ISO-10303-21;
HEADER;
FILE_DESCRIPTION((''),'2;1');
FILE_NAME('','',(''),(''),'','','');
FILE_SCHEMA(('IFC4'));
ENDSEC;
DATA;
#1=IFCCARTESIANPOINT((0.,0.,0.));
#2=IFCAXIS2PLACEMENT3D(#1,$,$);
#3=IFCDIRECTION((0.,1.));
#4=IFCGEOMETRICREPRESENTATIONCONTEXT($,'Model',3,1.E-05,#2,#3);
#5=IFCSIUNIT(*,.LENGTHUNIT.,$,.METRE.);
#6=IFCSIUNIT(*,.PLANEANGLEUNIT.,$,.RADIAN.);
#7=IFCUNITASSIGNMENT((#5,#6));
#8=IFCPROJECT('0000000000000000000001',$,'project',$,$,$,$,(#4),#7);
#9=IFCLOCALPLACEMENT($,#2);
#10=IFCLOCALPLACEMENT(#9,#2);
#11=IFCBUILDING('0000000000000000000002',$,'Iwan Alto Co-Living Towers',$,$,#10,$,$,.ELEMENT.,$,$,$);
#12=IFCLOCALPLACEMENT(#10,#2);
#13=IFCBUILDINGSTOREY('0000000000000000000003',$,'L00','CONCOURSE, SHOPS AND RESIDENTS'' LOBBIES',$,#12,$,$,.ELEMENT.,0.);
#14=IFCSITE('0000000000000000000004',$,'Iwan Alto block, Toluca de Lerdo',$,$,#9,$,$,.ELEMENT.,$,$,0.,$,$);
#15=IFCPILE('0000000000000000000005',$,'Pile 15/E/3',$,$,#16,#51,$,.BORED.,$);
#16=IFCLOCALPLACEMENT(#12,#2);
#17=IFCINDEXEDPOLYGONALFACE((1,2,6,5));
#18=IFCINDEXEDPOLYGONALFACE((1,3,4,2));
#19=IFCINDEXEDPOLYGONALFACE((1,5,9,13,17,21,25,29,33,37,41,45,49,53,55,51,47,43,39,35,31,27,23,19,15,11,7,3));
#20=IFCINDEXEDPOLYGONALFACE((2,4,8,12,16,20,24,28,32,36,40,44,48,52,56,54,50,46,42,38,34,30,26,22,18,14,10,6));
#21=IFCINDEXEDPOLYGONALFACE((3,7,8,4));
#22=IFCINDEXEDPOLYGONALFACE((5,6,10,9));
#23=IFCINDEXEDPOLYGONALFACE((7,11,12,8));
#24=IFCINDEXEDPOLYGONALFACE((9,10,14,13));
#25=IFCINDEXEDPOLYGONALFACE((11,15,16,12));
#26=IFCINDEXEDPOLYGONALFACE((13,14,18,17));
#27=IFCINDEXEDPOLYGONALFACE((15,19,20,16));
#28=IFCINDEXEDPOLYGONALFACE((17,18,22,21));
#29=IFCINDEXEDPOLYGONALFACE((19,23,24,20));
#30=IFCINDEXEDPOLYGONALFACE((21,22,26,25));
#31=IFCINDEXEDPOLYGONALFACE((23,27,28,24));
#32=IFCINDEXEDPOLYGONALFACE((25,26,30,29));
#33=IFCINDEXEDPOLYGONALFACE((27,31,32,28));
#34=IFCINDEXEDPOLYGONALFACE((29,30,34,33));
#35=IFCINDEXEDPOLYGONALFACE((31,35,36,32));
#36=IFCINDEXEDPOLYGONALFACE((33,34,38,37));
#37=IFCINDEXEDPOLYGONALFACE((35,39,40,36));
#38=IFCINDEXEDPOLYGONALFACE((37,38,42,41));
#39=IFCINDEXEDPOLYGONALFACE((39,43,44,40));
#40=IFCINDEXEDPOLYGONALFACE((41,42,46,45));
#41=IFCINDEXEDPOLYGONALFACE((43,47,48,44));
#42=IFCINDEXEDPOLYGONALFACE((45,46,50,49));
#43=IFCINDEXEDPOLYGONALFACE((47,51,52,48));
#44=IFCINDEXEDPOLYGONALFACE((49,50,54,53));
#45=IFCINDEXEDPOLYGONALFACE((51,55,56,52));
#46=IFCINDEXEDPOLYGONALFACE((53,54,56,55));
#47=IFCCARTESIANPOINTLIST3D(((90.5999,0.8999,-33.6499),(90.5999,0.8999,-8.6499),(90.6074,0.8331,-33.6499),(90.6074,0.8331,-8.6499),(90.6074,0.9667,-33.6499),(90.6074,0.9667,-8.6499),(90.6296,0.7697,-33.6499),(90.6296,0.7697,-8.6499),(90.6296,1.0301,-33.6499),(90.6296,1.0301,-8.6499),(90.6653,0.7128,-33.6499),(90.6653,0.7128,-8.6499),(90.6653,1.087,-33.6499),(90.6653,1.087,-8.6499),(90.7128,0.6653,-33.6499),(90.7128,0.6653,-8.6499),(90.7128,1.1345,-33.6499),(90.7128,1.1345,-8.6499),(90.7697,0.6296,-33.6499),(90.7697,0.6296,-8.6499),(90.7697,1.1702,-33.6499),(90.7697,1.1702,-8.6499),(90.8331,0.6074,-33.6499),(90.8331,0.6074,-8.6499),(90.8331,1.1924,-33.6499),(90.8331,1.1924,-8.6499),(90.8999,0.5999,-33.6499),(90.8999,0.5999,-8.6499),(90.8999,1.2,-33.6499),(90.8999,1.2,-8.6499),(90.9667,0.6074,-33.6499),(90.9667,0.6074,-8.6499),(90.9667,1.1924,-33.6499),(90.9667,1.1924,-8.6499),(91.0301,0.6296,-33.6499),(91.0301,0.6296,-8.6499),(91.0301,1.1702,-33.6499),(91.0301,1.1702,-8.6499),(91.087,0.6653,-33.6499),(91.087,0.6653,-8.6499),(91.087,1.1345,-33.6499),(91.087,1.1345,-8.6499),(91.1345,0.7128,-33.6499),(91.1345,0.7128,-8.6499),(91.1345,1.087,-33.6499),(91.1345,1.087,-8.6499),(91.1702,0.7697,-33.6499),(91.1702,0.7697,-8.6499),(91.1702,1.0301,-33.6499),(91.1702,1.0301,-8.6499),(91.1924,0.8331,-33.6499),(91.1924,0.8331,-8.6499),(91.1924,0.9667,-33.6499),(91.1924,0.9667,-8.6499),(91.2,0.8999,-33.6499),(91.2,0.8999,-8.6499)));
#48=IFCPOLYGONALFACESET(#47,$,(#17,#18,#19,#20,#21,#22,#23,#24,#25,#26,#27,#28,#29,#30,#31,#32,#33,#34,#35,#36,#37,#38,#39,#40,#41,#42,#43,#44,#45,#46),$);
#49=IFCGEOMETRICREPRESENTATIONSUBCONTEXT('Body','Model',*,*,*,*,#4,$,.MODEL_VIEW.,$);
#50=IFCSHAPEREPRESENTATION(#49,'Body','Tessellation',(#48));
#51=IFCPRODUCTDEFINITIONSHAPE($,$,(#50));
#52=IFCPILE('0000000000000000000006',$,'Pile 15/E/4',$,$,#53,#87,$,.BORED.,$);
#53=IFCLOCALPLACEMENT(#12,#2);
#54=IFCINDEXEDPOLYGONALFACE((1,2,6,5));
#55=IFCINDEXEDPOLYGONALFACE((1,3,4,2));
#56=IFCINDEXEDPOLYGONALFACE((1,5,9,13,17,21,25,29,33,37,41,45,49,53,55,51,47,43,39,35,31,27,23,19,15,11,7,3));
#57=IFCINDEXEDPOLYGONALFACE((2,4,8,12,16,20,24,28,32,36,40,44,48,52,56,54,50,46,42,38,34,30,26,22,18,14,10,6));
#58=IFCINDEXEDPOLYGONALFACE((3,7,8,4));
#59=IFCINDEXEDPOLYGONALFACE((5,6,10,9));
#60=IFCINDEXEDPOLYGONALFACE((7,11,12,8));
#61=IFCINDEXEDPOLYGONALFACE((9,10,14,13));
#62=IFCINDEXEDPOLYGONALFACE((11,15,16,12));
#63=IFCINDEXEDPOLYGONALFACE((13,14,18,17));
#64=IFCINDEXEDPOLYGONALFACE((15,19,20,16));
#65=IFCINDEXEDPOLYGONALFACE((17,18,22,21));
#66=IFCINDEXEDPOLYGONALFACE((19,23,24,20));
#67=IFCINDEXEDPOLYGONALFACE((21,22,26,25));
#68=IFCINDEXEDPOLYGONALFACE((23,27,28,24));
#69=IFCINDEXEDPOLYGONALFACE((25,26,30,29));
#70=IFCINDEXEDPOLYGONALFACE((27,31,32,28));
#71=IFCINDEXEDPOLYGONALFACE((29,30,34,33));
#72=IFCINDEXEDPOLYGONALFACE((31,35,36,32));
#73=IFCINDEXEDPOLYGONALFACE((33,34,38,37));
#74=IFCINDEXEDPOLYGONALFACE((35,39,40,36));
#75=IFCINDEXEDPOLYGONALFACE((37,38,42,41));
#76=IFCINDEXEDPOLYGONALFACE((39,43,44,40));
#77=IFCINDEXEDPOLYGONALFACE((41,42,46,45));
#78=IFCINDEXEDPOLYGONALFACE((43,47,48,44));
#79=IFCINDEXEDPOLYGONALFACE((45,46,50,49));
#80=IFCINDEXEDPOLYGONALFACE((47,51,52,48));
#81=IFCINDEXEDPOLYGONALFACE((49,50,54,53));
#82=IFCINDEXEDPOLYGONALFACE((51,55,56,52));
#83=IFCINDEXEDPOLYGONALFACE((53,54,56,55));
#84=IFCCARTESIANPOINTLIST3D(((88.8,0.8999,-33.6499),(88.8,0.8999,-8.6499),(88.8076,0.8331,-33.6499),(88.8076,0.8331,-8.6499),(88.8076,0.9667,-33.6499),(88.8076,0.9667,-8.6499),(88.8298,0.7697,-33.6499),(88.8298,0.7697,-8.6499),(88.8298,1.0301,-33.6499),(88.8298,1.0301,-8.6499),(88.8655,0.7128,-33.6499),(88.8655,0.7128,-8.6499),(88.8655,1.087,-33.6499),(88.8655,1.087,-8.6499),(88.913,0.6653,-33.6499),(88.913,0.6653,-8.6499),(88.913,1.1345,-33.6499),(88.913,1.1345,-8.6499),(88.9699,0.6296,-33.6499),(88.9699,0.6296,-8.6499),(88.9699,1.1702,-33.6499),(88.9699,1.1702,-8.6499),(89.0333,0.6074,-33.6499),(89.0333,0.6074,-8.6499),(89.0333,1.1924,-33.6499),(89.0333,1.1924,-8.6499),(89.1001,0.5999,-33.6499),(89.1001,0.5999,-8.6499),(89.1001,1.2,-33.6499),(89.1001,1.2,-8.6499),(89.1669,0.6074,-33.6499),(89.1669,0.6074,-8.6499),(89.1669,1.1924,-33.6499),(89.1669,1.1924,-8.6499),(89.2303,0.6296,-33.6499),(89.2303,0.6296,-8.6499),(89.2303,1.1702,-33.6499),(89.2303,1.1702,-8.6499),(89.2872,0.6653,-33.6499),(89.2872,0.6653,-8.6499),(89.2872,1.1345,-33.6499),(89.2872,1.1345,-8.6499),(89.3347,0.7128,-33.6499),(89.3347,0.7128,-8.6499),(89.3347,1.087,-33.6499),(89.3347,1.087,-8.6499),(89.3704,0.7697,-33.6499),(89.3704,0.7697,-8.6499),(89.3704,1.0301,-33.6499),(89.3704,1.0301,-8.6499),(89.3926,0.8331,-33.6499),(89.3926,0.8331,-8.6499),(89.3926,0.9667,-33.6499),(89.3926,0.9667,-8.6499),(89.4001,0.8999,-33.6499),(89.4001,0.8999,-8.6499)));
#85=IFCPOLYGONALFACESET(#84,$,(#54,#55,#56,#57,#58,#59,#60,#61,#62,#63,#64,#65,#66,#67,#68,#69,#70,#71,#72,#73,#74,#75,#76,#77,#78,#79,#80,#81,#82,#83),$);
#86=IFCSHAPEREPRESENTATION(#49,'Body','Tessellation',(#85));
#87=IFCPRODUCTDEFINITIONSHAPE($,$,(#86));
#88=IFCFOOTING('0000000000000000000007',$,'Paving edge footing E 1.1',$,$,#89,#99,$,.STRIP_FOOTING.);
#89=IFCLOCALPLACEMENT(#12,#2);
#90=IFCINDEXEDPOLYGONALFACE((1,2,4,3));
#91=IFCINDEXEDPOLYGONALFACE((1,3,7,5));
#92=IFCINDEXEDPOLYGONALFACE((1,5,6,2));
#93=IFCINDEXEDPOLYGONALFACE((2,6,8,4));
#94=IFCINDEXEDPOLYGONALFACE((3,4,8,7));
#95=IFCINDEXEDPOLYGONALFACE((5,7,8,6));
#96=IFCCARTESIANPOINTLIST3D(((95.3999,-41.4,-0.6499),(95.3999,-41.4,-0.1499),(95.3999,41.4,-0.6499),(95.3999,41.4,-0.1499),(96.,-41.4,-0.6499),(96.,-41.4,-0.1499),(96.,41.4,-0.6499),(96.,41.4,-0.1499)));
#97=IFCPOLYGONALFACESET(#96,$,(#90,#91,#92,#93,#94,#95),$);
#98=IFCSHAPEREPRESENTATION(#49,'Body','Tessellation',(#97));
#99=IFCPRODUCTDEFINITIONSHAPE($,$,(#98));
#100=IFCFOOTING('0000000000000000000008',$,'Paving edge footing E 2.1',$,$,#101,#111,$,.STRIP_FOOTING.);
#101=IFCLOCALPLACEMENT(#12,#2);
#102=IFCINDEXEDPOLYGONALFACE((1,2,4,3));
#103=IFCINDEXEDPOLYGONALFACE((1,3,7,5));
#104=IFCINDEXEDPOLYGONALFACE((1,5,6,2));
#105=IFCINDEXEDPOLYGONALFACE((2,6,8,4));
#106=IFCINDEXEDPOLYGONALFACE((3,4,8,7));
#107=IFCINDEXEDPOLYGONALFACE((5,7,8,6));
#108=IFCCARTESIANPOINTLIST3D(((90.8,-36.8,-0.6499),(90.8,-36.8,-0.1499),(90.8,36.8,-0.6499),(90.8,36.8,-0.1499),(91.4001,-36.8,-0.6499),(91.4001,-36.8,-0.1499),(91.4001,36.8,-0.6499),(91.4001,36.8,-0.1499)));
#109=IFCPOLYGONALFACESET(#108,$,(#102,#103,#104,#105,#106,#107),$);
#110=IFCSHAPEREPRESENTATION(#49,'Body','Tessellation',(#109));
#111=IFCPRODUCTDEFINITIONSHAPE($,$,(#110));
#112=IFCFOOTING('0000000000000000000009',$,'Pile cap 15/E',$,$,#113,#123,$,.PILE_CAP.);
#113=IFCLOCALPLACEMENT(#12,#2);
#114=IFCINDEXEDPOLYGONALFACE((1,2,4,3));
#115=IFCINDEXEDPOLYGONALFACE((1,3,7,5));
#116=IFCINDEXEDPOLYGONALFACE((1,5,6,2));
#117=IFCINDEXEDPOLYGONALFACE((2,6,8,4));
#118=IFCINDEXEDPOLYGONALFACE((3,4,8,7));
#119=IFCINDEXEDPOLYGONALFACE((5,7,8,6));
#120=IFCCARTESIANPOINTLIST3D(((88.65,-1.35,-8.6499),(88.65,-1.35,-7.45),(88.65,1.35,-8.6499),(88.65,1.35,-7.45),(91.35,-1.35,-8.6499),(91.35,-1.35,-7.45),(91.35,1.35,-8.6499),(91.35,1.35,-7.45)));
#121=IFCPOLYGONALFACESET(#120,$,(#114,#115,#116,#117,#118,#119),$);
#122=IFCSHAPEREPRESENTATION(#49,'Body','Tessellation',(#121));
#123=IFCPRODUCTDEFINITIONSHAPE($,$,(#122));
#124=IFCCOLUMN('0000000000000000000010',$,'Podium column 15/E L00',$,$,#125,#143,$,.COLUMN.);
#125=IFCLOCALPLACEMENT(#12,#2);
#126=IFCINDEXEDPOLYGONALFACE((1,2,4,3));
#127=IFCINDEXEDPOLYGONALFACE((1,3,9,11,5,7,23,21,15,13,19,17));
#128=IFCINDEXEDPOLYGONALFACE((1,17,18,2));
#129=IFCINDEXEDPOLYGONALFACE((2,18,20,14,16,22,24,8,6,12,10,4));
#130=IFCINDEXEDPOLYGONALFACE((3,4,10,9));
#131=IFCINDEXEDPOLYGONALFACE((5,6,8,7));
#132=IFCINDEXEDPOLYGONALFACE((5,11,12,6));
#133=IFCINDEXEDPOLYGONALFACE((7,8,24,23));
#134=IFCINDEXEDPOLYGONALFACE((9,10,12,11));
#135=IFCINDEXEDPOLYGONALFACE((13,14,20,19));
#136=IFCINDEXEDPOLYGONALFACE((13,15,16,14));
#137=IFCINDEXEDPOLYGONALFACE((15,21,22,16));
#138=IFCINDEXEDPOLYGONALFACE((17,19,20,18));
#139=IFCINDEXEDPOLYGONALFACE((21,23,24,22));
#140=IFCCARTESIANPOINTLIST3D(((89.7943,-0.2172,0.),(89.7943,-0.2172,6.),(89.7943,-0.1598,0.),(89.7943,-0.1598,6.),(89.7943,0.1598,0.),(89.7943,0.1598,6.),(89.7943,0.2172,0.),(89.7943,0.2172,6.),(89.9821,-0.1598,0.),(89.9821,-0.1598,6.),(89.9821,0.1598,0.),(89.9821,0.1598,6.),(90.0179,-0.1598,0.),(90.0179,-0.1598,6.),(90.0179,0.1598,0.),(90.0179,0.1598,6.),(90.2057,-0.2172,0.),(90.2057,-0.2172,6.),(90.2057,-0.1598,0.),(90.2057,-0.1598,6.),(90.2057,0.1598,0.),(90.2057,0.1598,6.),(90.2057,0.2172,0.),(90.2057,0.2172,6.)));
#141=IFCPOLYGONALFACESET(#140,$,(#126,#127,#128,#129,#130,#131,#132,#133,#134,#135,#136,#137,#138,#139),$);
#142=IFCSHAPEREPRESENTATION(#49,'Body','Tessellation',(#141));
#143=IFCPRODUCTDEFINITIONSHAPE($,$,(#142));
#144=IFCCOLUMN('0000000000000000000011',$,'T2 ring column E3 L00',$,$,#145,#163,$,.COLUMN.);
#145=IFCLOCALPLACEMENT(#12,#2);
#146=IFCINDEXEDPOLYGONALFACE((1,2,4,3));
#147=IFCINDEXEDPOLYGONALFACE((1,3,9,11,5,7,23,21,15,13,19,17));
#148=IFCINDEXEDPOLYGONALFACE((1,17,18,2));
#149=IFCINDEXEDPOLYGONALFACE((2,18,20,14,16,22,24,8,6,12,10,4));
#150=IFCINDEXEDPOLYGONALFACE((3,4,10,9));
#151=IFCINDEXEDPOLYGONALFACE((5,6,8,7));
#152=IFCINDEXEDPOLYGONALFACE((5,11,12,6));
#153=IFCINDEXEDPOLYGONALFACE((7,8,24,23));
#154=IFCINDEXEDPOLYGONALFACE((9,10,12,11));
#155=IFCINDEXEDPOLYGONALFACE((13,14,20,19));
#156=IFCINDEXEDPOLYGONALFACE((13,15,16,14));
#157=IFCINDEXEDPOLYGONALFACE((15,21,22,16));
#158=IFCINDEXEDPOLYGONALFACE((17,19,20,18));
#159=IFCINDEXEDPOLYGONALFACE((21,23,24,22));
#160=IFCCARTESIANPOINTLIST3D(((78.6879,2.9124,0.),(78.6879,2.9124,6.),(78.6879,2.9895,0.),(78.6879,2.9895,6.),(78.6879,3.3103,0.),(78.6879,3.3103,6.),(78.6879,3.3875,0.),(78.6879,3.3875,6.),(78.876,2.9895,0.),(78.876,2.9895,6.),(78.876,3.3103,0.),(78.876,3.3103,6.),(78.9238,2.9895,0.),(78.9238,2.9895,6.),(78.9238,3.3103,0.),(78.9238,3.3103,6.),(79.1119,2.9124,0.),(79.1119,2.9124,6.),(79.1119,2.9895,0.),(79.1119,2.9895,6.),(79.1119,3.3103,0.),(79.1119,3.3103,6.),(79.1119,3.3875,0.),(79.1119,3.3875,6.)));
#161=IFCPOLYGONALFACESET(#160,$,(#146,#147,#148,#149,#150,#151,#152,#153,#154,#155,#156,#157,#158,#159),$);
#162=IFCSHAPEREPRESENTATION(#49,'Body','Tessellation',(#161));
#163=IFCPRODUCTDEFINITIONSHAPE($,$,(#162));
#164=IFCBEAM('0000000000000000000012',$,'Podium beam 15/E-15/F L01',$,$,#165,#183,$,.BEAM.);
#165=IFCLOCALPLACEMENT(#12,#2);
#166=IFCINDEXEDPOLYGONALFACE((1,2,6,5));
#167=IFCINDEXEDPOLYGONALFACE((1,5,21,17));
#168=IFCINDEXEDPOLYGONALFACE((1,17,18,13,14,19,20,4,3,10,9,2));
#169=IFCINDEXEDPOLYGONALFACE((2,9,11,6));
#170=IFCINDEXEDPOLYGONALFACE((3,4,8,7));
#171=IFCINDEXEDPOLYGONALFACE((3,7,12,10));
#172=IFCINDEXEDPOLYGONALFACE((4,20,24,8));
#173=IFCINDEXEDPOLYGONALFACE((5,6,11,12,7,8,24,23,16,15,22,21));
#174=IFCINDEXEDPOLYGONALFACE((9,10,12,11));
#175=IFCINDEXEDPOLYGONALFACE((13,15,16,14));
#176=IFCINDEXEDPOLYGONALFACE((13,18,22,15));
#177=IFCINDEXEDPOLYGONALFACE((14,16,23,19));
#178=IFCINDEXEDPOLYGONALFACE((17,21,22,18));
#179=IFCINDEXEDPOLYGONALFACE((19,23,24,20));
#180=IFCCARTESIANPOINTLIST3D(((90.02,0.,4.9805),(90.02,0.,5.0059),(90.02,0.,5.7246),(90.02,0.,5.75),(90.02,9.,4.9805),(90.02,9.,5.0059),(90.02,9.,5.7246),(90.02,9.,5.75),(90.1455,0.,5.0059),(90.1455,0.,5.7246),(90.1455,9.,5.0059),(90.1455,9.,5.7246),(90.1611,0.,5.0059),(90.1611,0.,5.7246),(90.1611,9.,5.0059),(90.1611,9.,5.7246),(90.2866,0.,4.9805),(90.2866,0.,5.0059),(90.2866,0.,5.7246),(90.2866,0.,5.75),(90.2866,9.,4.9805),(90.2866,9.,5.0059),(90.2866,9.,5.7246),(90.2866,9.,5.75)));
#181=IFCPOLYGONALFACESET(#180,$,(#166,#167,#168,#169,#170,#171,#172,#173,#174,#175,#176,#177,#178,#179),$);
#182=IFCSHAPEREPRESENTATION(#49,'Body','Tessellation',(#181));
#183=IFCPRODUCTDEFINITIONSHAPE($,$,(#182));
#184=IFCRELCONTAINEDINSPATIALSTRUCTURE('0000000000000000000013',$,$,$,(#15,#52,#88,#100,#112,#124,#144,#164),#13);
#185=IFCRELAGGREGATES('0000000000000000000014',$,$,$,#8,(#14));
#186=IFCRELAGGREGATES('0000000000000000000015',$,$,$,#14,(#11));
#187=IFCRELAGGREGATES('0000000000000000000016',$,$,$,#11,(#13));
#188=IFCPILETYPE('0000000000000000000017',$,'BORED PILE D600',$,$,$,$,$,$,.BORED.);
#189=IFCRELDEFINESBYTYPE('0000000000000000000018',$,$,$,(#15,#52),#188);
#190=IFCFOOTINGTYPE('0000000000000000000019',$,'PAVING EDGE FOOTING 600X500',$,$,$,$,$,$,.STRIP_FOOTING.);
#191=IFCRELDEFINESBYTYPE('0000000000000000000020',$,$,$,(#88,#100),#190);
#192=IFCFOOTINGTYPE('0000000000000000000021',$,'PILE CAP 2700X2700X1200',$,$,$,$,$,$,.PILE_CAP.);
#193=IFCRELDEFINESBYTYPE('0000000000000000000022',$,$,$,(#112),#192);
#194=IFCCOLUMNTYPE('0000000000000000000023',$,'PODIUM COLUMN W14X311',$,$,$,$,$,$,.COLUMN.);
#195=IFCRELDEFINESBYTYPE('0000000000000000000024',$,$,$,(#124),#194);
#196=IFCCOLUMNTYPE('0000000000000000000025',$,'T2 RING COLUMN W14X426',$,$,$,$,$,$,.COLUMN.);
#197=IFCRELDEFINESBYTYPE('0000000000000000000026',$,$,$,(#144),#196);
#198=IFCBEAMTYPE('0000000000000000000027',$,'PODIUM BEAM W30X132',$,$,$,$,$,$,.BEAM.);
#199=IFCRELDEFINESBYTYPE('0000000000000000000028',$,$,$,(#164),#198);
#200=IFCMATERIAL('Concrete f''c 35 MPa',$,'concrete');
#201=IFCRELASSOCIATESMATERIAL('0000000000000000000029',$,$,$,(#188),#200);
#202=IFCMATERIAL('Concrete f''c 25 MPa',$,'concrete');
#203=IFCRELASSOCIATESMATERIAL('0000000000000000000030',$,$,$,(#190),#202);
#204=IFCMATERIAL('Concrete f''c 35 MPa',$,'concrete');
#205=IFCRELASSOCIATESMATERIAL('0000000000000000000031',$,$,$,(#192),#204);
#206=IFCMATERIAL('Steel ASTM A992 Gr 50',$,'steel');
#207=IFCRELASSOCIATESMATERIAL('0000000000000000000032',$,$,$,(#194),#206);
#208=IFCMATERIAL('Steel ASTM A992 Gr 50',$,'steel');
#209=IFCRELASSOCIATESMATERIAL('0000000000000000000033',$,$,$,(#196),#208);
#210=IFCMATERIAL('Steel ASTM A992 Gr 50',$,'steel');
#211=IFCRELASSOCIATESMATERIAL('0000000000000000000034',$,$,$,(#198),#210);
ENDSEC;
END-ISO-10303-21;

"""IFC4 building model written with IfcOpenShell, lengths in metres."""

from ifc_helpers import new_model, si_unit, direction, frame, origin, origin_2d, place, context, subcontext, project, spatial, rectangle, circle, i_section, extrude, material, material_profile, profile_set, type_object, element, save


model = new_model("IFC4")

# Units and contexts
model_context = context("Model", 3, precision=1e-05, world=origin(), true_north=direction((0.0, 1.0)))
body_context = subcontext(model_context, "Body", "Model", "MODEL_VIEW")
ifc_project = project(units=[si_unit("LENGTHUNIT", "METRE"), si_unit("PLANEANGLEUNIT", "RADIAN")], contexts=[model_context])

# Site, building, storey
site_placement = place(None, origin())
site = spatial("IfcSite", under=ifc_project, at=site_placement, Name="Iwan Alto block, Toluca de Lerdo", CompositionType="ELEMENT", RefElevation=0.0)
building_placement = place(site_placement, origin())
building = spatial("IfcBuilding", under=site, at=building_placement, Name="Iwan Alto Co-Living Towers", CompositionType="ELEMENT")
storey_placement = place(building_placement, origin())
storey = spatial("IfcBuildingStorey", under=building, at=storey_placement, Name="L00", Description="CONCOURSE, SHOPS AND RESIDENTS' LOBBIES", CompositionType="ELEMENT", Elevation=0.0)

# Piles
ifc_material_1 = material(Name="Concrete f'c 35 MPa", Category="concrete")
ifc_material_profile_1 = material_profile(ifc_material_1, circle(Radius=0.3, at=origin_2d()), Name="D600")
ifc_profile_set_1 = profile_set([ifc_material_profile_1], Name="Concrete f'c 35 MPa")
pile_type_1 = type_object("IfcPileType", Name="BORED PILE D600", PredefinedType="BORED", material=ifc_profile_set_1)
for number, where, z_axis, x_axis, name in (
    (1, (90.8999, 0.8999, -8.6499), (0.0, 0.0, -1.0), (1.0, 0.0, 0.0), "Pile 15/E/3"),
    (2, (89.1001, 0.8999, -8.6499), (0.0, 0.0, -1.0), (1.0, 0.0, 0.0), "Pile 15/E/4"),
):
    element("IfcPile", number, at=place(storey_placement, frame(where, z_axis=z_axis, x_axis=x_axis)), inside=storey, type_object=pile_type_1, Name=name, PredefinedType="BORED", context=body_context, shape_type="SweptSolid", body=[
        extrude(circle(Radius=0.3, at=origin_2d()), origin(), (0.0, 0.0, 1.0), 25.0),
    ])

# Footings
ifc_material_2 = material(Name="Concrete f'c 25 MPa", Category="concrete")
footing_type_1 = type_object("IfcFootingType", Name="PAVING EDGE FOOTING 600X500", PredefinedType="STRIP_FOOTING", material=ifc_material_2)
footing_1_placement = place(storey_placement, frame((95.7, 0.0, -0.6499), z_axis=(0.0, 0.0, 1.0), x_axis=(1.0, 0.0, 0.0)))
element("IfcFooting", 3, at=footing_1_placement, inside=storey, type_object=footing_type_1, Name="Paving edge footing E 1.1", PredefinedType="STRIP_FOOTING", context=body_context, shape_type="SweptSolid", body=[
    extrude(rectangle(XDim=0.6001, YDim=82.8, at=origin_2d()), origin(), (0.0, 0.0, 1.0), 0.5),
])
footing_2_placement = place(storey_placement, frame((91.1001, 0.0, -0.6499), z_axis=(0.0, 0.0, 1.0), x_axis=(1.0, 0.0, 0.0)))
element("IfcFooting", 4, at=footing_2_placement, inside=storey, type_object=footing_type_1, Name="Paving edge footing E 2.1", PredefinedType="STRIP_FOOTING", context=body_context, shape_type="SweptSolid", body=[
    extrude(rectangle(XDim=0.6001, YDim=73.6001, at=origin_2d()), origin(), (0.0, 0.0, 1.0), 0.5),
])
ifc_material_3 = material(Name="Concrete f'c 35 MPa", Category="concrete")
footing_type_2 = type_object("IfcFootingType", Name="PILE CAP 2700X2700X1200", PredefinedType="PILE_CAP", material=ifc_material_3)
footing_3_placement = place(storey_placement, frame((90.0, 0.0, -8.6499), z_axis=(0.0, 0.0, 1.0), x_axis=(1.0, 0.0, 0.0)))
element("IfcFooting", 5, at=footing_3_placement, inside=storey, type_object=footing_type_2, Name="Pile cap 15/E", PredefinedType="PILE_CAP", context=body_context, shape_type="SweptSolid", body=[
    extrude(rectangle(XDim=2.7, YDim=2.7, at=origin_2d()), origin(), (0.0, 0.0, 1.0), 1.2),
])

# Columns
ifc_material_4 = material(Name="Steel ASTM A992 Gr 50", Category="steel")
ifc_material_profile_2 = material_profile(ifc_material_4, i_section(OverallWidth=0.4114, OverallDepth=0.4343, WebThickness=0.0359, FlangeThickness=0.0574, at=origin_2d()), Name="W14X311")
ifc_profile_set_2 = profile_set([ifc_material_profile_2], Name="Steel ASTM A992 Gr 50")
column_type_1 = type_object("IfcColumnType", Name="PODIUM COLUMN W14X311", PredefinedType="COLUMN", material=ifc_profile_set_2)
column_1_placement = place(storey_placement, frame((90.0, 0.0, 0.0), z_axis=(0.0, 0.0, 1.0), x_axis=(1.0, 0.0, 0.0)))
element("IfcColumn", 6, at=column_1_placement, inside=storey, type_object=column_type_1, Name="Podium column 15/E L00", PredefinedType="COLUMN", context=body_context, shape_type="SweptSolid", body=[
    extrude(i_section(OverallWidth=0.4114, OverallDepth=0.4343, WebThickness=0.0359, FlangeThickness=0.0574, at=origin_2d()), origin(), (0.0, 0.0, 1.0), 6.0),
])
ifc_material_5 = material(Name="Steel ASTM A992 Gr 50", Category="steel")
ifc_material_profile_3 = material_profile(ifc_material_5, i_section(OverallWidth=0.4241, OverallDepth=0.4751, WebThickness=0.0479, FlangeThickness=0.0771, at=origin_2d()), Name="W14X426")
ifc_profile_set_3 = profile_set([ifc_material_profile_3], Name="Steel ASTM A992 Gr 50")
column_type_2 = type_object("IfcColumnType", Name="T2 RING COLUMN W14X426", PredefinedType="COLUMN", material=ifc_profile_set_3)
column_2_placement = place(storey_placement, frame((78.8999, 3.1499, 0.0), z_axis=(0.0, 0.0, 1.0), x_axis=(1.0, 0.0, 0.0)))
element("IfcColumn", 7, at=column_2_placement, inside=storey, type_object=column_type_2, Name="T2 ring column E3 L00", PredefinedType="COLUMN", context=body_context, shape_type="SweptSolid", body=[
    extrude(i_section(OverallWidth=0.4241, OverallDepth=0.4751, WebThickness=0.0479, FlangeThickness=0.0771, at=origin_2d()), origin(), (0.0, 0.0, 1.0), 6.0),
])

# Beam
ifc_material_6 = material(Name="Steel ASTM A992 Gr 50", Category="steel")
ifc_material_profile_4 = material_profile(ifc_material_6, i_section(OverallWidth=0.2666, OverallDepth=0.7695, WebThickness=0.0156, FlangeThickness=0.0254, at=origin_2d()), Name="W30X132")
ifc_profile_set_4 = profile_set([ifc_material_profile_4], Name="Steel ASTM A992 Gr 50")
beam_type_1 = type_object("IfcBeamType", Name="PODIUM BEAM W30X132", PredefinedType="BEAM", material=ifc_profile_set_4)
beam_1_placement = place(storey_placement, frame((90.1533, 0.0, 5.3652), z_axis=(0.0, 1.0, 0.0), x_axis=(-1.0, 0.0, 0.0)))
element("IfcBeam", 8, at=beam_1_placement, inside=storey, type_object=beam_type_1, Name="Podium beam 15/E-15/F L01", PredefinedType="BEAM", context=body_context, shape_type="SweptSolid", body=[
    extrude(i_section(OverallWidth=0.2666, OverallDepth=0.7695, WebThickness=0.0156, FlangeThickness=0.0254, at=origin_2d()), origin(), (0.0, 0.0, 1.0), 9.0),
])

save(model, "model.ifc")
